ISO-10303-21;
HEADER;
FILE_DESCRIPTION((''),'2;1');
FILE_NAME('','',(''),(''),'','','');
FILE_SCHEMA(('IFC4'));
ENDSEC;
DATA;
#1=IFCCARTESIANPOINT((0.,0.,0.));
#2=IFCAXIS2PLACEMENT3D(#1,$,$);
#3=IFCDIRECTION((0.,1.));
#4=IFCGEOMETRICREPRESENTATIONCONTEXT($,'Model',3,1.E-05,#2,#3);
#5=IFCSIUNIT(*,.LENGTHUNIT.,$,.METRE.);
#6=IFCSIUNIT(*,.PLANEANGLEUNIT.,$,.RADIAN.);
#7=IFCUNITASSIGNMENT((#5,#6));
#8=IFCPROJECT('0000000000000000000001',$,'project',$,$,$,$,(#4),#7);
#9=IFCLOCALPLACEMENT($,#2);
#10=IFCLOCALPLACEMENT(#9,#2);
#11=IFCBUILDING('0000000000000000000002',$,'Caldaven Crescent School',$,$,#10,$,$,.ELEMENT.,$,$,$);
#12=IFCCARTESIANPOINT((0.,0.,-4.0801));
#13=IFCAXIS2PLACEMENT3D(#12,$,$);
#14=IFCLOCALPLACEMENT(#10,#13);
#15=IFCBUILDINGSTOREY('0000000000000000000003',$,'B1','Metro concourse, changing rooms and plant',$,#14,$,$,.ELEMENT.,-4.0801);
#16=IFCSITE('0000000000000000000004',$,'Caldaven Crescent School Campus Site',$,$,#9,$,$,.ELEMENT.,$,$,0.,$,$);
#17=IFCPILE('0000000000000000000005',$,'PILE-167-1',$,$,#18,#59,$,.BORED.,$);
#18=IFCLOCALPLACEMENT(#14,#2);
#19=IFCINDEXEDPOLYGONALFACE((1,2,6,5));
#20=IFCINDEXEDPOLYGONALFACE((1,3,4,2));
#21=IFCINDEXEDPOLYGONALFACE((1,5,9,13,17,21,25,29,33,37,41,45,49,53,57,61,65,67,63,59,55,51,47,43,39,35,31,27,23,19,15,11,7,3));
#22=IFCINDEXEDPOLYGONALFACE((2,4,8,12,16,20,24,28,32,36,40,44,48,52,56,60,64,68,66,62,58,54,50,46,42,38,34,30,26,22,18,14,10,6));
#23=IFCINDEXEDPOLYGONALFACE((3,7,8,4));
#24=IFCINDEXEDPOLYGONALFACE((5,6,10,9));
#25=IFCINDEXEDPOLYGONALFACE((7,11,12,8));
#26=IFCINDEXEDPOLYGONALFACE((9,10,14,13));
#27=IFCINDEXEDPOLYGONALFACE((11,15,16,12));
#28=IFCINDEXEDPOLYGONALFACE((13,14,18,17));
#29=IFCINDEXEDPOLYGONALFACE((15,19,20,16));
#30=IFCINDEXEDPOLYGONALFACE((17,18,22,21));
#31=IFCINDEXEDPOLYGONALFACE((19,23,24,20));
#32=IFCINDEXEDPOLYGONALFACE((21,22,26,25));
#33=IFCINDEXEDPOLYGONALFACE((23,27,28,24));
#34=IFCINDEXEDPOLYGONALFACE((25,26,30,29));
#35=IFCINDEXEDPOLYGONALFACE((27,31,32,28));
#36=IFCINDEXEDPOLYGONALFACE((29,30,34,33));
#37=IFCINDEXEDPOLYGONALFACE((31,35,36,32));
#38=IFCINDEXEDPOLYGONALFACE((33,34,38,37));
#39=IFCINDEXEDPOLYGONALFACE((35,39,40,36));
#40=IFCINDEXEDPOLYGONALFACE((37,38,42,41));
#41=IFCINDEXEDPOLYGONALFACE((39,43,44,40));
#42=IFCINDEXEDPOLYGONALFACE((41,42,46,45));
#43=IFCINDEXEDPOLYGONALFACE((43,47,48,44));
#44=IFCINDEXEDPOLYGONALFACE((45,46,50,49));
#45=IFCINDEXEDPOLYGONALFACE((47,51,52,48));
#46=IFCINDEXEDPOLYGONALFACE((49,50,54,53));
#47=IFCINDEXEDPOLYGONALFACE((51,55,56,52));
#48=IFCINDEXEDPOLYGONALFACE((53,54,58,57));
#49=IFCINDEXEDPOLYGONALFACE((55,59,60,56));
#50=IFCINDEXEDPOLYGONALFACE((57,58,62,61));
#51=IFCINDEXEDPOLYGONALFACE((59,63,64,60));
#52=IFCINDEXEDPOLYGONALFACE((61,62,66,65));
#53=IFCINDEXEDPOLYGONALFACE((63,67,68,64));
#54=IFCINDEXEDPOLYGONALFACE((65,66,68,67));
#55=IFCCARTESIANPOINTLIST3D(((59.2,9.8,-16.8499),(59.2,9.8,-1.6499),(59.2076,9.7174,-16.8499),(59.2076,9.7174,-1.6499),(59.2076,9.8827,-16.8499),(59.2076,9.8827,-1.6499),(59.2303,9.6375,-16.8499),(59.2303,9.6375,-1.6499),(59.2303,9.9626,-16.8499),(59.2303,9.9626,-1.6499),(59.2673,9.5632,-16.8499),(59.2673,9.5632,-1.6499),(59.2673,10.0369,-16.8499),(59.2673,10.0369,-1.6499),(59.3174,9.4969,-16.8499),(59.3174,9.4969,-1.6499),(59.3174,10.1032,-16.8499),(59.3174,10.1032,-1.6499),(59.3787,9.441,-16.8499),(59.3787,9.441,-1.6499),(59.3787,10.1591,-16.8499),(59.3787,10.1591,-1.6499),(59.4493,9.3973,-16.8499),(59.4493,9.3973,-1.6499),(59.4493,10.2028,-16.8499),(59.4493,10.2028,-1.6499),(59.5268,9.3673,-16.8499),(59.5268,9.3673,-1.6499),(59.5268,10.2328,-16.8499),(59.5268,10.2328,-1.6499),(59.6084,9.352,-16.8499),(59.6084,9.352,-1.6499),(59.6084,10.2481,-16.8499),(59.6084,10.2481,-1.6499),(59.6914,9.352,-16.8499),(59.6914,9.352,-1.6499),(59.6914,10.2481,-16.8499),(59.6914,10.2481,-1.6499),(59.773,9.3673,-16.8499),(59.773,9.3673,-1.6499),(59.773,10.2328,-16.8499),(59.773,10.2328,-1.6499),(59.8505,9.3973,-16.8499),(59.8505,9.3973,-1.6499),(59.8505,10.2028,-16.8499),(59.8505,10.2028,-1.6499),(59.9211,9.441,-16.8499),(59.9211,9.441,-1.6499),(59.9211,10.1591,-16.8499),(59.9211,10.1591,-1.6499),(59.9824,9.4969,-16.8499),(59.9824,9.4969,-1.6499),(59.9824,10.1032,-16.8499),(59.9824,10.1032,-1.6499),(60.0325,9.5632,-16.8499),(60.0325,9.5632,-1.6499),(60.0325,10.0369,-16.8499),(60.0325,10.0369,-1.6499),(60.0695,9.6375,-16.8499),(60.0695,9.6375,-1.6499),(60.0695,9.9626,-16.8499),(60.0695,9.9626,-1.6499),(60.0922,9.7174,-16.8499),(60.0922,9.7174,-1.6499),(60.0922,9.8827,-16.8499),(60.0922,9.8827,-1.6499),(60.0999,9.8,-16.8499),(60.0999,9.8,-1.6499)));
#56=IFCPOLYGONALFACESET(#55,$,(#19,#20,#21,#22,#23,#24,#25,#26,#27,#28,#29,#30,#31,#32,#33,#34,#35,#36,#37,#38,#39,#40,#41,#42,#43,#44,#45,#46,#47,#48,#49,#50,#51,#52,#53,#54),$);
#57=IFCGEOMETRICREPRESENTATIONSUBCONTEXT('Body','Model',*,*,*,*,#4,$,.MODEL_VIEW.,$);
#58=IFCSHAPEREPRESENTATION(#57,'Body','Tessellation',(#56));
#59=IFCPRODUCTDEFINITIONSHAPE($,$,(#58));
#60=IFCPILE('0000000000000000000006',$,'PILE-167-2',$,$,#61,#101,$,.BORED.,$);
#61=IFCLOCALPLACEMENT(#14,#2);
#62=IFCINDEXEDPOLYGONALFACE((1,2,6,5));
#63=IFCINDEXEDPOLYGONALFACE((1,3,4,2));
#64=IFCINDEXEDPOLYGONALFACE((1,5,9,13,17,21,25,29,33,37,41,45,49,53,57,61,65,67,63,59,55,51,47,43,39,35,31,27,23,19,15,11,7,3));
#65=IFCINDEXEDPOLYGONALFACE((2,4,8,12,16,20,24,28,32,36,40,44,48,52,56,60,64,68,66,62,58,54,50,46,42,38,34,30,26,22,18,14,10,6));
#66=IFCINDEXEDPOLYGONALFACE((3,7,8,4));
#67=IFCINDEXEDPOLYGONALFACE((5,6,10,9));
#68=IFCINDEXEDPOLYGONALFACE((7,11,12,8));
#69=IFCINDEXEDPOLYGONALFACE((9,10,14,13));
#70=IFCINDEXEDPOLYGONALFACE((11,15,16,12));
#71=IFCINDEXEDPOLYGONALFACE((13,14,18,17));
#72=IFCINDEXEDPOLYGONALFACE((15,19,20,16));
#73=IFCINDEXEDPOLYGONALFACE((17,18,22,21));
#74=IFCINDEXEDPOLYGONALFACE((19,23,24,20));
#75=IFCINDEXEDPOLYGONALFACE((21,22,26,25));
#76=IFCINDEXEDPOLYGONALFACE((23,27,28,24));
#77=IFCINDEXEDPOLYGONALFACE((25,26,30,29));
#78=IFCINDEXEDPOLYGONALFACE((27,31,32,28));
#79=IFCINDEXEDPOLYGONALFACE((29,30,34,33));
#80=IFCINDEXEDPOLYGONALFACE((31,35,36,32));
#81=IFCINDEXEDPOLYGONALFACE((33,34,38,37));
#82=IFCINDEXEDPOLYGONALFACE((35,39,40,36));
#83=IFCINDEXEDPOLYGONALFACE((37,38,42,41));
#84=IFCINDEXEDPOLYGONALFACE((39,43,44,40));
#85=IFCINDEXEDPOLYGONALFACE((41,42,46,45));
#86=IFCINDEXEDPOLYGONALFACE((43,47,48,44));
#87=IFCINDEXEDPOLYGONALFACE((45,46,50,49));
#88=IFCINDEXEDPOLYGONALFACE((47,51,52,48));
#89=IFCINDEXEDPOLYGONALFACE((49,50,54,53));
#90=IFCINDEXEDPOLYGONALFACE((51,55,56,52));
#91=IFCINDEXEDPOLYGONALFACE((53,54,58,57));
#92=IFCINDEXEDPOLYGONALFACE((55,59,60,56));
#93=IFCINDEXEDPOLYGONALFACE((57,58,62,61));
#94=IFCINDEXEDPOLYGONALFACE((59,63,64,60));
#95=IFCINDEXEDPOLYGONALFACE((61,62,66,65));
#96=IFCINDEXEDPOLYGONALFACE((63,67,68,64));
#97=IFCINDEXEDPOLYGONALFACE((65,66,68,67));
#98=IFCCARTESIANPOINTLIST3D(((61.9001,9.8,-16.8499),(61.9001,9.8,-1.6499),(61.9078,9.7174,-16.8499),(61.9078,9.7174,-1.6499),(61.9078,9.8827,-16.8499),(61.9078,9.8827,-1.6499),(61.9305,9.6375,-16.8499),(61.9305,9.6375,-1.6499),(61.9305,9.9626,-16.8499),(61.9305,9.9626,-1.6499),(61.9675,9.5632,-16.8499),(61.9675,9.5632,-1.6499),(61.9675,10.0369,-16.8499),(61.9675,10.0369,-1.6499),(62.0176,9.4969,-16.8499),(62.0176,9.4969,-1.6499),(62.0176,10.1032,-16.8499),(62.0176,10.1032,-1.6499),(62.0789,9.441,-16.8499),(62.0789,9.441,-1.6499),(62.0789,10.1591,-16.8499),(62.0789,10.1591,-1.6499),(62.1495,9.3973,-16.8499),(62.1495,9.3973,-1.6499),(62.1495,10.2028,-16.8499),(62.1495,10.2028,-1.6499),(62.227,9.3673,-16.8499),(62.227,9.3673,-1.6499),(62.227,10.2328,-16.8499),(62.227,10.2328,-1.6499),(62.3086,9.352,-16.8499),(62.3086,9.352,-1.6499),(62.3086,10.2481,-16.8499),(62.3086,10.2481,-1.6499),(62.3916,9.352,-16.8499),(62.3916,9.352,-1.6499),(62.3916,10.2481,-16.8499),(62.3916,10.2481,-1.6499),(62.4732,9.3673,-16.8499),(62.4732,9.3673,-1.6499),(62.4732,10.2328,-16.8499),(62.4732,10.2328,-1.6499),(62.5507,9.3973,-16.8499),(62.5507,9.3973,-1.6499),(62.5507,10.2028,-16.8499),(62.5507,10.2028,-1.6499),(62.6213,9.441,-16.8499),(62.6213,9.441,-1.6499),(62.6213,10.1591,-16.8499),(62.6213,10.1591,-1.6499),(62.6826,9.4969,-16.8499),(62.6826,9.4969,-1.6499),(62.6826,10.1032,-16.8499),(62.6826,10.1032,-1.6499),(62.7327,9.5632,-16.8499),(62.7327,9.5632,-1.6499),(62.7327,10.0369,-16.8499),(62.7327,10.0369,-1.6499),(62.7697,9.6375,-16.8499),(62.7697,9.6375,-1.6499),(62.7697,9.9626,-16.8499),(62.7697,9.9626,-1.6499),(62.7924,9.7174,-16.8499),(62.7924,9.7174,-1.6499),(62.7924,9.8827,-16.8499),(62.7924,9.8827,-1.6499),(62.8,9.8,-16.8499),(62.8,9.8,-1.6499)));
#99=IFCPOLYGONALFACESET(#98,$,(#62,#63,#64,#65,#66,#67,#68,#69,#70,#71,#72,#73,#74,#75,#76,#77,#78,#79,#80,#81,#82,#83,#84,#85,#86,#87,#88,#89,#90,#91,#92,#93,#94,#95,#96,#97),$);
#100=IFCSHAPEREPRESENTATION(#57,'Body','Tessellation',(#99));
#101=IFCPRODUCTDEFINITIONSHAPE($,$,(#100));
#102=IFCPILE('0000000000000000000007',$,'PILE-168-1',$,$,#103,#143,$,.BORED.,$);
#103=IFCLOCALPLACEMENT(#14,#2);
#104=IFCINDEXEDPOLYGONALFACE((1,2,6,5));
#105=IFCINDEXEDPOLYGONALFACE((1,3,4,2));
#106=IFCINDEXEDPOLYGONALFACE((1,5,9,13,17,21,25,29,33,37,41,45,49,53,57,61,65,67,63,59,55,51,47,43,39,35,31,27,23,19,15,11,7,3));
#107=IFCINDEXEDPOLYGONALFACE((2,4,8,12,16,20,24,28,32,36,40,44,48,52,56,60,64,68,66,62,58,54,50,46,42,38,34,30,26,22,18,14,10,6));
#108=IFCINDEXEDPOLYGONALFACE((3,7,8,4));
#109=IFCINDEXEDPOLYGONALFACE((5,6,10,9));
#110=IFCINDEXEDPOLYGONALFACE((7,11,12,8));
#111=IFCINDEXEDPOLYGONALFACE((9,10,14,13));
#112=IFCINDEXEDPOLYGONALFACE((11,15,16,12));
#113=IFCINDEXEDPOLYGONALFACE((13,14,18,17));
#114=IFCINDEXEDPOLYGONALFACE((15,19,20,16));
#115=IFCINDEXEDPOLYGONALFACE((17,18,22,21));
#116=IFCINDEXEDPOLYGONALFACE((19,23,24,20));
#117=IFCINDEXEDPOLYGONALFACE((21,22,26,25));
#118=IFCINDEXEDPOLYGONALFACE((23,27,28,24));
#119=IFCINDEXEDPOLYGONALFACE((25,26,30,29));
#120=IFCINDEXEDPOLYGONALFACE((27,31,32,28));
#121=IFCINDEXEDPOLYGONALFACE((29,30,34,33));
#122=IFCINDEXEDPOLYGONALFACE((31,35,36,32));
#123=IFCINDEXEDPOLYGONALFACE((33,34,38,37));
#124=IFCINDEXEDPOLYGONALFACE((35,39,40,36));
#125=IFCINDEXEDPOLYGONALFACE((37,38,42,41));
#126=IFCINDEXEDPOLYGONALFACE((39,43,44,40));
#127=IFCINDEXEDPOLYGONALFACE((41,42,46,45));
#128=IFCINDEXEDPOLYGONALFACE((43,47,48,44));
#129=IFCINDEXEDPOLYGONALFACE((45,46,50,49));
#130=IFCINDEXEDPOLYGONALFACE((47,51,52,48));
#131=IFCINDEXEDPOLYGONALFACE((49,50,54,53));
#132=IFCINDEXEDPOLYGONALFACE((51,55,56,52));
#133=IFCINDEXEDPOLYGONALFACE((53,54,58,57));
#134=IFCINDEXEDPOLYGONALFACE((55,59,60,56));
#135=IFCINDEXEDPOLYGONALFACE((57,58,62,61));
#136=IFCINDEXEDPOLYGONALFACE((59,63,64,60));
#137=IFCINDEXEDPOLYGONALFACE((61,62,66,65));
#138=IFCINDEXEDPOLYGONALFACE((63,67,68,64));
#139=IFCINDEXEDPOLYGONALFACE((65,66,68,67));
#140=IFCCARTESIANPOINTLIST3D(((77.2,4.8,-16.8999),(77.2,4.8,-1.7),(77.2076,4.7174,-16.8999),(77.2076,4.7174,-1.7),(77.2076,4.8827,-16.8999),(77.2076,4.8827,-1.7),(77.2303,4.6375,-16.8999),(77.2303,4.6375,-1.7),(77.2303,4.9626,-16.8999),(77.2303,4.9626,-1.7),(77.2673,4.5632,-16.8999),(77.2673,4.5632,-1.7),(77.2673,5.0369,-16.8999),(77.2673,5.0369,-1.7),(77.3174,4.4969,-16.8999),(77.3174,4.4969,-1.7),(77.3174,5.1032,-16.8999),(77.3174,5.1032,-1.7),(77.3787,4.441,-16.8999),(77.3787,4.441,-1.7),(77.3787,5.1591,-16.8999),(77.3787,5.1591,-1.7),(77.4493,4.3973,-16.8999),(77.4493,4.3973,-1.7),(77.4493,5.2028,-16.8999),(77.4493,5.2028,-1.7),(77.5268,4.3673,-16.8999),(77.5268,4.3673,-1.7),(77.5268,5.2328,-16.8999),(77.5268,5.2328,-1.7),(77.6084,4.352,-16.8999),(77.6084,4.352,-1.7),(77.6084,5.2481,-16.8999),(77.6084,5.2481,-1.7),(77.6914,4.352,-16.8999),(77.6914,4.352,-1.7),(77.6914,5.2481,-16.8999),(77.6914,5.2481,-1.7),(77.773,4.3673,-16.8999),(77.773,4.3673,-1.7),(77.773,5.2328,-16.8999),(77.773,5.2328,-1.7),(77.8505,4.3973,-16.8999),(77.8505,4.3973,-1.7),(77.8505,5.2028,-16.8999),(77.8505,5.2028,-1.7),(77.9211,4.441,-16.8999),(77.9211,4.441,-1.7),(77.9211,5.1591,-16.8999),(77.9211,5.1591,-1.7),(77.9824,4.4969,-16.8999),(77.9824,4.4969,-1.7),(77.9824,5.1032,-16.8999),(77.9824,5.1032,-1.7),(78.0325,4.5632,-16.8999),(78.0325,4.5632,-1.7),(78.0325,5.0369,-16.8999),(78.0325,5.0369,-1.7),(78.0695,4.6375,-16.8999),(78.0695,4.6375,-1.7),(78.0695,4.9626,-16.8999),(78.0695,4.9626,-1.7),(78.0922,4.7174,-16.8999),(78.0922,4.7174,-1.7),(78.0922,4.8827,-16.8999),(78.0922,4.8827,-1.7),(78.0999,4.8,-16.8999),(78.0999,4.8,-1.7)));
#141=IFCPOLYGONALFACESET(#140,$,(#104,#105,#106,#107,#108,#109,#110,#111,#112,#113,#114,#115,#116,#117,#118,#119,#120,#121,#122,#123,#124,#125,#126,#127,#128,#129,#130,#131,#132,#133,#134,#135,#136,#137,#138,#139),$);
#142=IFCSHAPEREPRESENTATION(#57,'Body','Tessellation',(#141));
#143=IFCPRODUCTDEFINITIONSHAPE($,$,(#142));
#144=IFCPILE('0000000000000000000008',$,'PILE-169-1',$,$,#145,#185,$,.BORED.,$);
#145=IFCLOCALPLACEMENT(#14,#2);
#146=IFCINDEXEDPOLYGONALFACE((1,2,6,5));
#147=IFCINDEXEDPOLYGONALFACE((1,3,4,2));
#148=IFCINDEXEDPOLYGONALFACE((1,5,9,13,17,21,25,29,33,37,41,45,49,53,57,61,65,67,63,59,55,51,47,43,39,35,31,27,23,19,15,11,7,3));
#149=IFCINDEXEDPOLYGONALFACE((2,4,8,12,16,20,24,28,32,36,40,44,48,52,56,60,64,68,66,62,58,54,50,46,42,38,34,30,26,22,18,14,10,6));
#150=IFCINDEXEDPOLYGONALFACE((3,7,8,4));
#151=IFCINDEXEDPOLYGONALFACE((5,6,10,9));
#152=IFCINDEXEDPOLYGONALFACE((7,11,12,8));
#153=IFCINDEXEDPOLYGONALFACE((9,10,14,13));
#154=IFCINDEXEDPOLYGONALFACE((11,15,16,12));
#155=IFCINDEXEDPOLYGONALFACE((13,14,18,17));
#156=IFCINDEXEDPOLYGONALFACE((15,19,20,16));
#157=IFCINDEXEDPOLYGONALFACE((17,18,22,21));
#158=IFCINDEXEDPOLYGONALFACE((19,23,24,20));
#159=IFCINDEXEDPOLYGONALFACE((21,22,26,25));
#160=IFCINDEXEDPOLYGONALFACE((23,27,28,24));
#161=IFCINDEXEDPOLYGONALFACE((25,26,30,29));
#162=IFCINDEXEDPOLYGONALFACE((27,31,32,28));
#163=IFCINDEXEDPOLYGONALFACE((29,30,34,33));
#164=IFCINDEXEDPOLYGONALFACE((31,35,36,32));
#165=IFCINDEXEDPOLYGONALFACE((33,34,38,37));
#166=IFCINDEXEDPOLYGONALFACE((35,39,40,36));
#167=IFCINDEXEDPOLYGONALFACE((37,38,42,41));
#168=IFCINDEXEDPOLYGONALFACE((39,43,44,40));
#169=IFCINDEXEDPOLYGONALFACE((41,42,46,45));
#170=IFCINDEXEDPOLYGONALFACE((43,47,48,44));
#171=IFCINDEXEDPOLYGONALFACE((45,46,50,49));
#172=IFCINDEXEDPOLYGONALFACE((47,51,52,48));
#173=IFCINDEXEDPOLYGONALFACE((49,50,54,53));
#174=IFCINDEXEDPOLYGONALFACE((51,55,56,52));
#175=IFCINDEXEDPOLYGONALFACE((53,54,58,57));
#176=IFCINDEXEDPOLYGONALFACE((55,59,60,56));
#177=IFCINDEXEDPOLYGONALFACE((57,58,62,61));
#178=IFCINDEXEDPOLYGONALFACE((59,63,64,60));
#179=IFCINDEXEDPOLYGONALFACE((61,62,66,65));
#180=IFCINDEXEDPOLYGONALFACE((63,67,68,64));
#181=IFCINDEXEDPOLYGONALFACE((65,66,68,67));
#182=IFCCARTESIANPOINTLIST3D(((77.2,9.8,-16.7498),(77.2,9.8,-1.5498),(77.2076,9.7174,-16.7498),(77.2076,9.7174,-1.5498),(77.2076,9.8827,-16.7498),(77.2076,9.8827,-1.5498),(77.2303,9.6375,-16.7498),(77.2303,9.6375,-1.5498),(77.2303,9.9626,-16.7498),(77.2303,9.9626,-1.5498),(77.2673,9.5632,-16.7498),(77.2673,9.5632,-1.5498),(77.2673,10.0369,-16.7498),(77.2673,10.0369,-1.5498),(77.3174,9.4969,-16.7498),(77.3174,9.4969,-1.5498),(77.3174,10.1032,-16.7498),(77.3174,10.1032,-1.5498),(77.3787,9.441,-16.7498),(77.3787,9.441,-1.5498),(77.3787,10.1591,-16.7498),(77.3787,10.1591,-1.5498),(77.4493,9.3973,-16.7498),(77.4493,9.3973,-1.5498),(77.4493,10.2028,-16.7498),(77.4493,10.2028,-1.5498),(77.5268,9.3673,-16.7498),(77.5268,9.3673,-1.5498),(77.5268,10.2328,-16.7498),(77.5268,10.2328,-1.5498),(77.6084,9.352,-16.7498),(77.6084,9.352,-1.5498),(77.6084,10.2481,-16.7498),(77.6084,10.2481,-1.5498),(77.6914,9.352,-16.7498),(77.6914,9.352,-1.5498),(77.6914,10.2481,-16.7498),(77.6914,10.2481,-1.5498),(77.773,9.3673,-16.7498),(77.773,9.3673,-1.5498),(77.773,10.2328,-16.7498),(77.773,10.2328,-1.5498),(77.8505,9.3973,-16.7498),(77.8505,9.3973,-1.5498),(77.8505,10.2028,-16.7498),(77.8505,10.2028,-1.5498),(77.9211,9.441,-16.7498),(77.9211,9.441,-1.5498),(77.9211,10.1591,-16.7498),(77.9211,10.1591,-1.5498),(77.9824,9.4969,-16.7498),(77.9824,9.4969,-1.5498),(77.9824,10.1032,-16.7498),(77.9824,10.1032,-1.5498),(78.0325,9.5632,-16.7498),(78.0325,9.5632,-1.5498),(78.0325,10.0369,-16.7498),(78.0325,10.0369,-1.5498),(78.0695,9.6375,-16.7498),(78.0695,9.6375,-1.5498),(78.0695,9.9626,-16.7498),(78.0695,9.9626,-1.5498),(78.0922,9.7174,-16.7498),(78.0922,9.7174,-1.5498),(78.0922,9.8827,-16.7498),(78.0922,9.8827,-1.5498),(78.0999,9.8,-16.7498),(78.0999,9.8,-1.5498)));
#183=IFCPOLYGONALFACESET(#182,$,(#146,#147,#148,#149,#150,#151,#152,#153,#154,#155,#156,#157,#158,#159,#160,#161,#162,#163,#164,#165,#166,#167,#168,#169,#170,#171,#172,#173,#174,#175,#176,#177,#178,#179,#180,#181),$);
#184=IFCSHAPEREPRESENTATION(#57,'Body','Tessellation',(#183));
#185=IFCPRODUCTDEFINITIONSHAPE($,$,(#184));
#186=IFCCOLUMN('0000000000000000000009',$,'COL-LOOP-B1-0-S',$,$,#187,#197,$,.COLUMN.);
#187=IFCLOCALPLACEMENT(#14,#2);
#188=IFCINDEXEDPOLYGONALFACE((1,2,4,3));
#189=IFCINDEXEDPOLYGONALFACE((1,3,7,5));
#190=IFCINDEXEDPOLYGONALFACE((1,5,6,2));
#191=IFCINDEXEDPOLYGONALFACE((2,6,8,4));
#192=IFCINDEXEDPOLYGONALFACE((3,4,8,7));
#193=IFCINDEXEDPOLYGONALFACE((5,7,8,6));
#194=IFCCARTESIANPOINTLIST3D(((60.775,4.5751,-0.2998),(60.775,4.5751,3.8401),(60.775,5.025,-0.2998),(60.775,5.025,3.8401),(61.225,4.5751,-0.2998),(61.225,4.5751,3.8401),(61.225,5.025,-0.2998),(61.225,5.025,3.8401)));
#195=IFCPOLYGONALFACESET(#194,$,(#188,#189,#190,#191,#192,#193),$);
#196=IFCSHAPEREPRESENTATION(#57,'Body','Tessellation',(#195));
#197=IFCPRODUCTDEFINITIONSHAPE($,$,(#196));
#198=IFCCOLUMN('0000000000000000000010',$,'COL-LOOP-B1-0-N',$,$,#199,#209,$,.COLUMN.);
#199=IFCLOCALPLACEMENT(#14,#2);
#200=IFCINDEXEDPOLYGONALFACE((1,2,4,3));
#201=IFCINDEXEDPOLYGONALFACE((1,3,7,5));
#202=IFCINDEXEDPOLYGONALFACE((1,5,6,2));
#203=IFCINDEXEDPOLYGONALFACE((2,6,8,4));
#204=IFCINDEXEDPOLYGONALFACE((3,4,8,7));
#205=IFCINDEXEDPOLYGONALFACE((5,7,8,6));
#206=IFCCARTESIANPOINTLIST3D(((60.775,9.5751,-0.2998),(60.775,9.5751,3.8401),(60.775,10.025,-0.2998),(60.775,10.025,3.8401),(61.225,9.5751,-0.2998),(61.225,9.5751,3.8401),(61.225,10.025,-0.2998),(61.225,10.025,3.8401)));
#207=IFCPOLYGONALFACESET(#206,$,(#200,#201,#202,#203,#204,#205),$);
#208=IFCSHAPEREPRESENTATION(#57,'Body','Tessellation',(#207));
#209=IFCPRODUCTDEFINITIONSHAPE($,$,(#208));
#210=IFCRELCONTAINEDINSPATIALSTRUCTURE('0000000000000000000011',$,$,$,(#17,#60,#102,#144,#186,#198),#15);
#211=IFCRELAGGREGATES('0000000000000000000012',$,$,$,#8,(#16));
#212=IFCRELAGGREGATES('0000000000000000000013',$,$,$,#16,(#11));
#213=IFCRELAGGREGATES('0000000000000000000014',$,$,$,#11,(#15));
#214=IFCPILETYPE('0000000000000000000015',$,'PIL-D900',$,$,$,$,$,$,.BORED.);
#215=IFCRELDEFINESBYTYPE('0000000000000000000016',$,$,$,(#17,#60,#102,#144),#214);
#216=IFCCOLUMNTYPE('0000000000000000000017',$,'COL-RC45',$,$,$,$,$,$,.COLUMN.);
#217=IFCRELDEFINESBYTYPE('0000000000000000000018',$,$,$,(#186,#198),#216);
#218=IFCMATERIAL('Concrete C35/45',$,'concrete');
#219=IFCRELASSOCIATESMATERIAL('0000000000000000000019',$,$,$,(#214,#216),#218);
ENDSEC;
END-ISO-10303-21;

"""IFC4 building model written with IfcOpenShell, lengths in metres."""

from ifc_helpers import new_model, si_unit, direction, frame, origin, origin_2d, place, context, subcontext, project, spatial, rectangle, circle, extrude, material, material_profile, profile_set, type_object, element, save


model = new_model("IFC4")

# Units and contexts
model_context = context("Model", 3, precision=1e-05, world=origin(), true_north=direction((0.0, 1.0)))
body_context = subcontext(model_context, "Body", "Model", "MODEL_VIEW")
ifc_project = project(units=[si_unit("LENGTHUNIT", "METRE"), si_unit("PLANEANGLEUNIT", "RADIAN")], contexts=[model_context])

# Site, building, storey
site_placement = place(None, origin())
site = spatial("IfcSite", under=ifc_project, at=site_placement, Name="Caldaven Crescent School Campus Site", CompositionType="ELEMENT", RefElevation=0.0)
building_placement = place(site_placement, origin())
building = spatial("IfcBuilding", under=site, at=building_placement, Name="Caldaven Crescent School", CompositionType="ELEMENT")
storey_placement = place(building_placement, frame((0.0, 0.0, -4.0801)))
storey = spatial("IfcBuildingStorey", under=building, at=storey_placement, Name="B1", Description="Metro concourse, changing rooms and plant", CompositionType="ELEMENT", Elevation=-4.0801)

# Shared definitions
ifc_material_1 = material(Name="Concrete C35/45", Category="concrete")

# Piles
ifc_material_profile_1 = material_profile(ifc_material_1, circle(Radius=0.45, at=origin_2d()), Name="PILE D900")
ifc_profile_set_1 = profile_set([ifc_material_profile_1], Name="Concrete C35/45")
pile_type_1 = type_object("IfcPileType", Name="PIL-D900", PredefinedType="BORED", material=ifc_profile_set_1)
for number, where, z_axis, x_axis, name in (
    (1, (59.6499, 9.8, -1.6499), (0.0, 0.0, -1.0), (1.0, 0.0, 0.0), "PILE-167-1"),
    (2, (62.3501, 9.8, -1.6499), (0.0, 0.0, -1.0), (1.0, 0.0, 0.0), "PILE-167-2"),
    (3, (77.6499, 4.8, -1.7), (0.0, 0.0, -1.0), (1.0, 0.0, 0.0), "PILE-168-1"),
    (4, (77.6499, 9.8, -1.5498), (0.0, 0.0, -1.0), (1.0, 0.0, 0.0), "PILE-169-1"),
):
    element("IfcPile", number, at=place(storey_placement, frame(where, z_axis=z_axis, x_axis=x_axis)), inside=storey, type_object=pile_type_1, Name=name, PredefinedType="BORED", context=body_context, shape_type="SweptSolid", body=[
        extrude(circle(Radius=0.45, at=origin_2d()), origin(), (0.0, 0.0, 1.0), 15.2),
    ])

# Columns
ifc_material_profile_2 = material_profile(ifc_material_1, rectangle(XDim=0.45, YDim=0.45, at=origin_2d()), Name="RC 450x450")
ifc_profile_set_2 = profile_set([ifc_material_profile_2], Name="Concrete C35/45")
column_type_1 = type_object("IfcColumnType", Name="COL-RC45", PredefinedType="COLUMN", material=ifc_profile_set_2)
for number, where, z_axis, x_axis, name in (
    (5, (61.0, 4.8, -0.2998), (0.0, 0.0, 1.0), (1.0, 0.0, 0.0), "COL-LOOP-B1-0-S"),
    (6, (61.0, 9.8, -0.2998), (0.0, 0.0, 1.0), (1.0, 0.0, 0.0), "COL-LOOP-B1-0-N"),
):
    element("IfcColumn", number, at=place(storey_placement, frame(where, z_axis=z_axis, x_axis=x_axis)), inside=storey, type_object=column_type_1, Name=name, PredefinedType="COLUMN", context=body_context, shape_type="SweptSolid", body=[
        extrude(rectangle(XDim=0.45, YDim=0.45, at=origin_2d()), origin(), (0.0, 0.0, 1.0), 4.1399),
    ])

save(model, "model.ifc")
